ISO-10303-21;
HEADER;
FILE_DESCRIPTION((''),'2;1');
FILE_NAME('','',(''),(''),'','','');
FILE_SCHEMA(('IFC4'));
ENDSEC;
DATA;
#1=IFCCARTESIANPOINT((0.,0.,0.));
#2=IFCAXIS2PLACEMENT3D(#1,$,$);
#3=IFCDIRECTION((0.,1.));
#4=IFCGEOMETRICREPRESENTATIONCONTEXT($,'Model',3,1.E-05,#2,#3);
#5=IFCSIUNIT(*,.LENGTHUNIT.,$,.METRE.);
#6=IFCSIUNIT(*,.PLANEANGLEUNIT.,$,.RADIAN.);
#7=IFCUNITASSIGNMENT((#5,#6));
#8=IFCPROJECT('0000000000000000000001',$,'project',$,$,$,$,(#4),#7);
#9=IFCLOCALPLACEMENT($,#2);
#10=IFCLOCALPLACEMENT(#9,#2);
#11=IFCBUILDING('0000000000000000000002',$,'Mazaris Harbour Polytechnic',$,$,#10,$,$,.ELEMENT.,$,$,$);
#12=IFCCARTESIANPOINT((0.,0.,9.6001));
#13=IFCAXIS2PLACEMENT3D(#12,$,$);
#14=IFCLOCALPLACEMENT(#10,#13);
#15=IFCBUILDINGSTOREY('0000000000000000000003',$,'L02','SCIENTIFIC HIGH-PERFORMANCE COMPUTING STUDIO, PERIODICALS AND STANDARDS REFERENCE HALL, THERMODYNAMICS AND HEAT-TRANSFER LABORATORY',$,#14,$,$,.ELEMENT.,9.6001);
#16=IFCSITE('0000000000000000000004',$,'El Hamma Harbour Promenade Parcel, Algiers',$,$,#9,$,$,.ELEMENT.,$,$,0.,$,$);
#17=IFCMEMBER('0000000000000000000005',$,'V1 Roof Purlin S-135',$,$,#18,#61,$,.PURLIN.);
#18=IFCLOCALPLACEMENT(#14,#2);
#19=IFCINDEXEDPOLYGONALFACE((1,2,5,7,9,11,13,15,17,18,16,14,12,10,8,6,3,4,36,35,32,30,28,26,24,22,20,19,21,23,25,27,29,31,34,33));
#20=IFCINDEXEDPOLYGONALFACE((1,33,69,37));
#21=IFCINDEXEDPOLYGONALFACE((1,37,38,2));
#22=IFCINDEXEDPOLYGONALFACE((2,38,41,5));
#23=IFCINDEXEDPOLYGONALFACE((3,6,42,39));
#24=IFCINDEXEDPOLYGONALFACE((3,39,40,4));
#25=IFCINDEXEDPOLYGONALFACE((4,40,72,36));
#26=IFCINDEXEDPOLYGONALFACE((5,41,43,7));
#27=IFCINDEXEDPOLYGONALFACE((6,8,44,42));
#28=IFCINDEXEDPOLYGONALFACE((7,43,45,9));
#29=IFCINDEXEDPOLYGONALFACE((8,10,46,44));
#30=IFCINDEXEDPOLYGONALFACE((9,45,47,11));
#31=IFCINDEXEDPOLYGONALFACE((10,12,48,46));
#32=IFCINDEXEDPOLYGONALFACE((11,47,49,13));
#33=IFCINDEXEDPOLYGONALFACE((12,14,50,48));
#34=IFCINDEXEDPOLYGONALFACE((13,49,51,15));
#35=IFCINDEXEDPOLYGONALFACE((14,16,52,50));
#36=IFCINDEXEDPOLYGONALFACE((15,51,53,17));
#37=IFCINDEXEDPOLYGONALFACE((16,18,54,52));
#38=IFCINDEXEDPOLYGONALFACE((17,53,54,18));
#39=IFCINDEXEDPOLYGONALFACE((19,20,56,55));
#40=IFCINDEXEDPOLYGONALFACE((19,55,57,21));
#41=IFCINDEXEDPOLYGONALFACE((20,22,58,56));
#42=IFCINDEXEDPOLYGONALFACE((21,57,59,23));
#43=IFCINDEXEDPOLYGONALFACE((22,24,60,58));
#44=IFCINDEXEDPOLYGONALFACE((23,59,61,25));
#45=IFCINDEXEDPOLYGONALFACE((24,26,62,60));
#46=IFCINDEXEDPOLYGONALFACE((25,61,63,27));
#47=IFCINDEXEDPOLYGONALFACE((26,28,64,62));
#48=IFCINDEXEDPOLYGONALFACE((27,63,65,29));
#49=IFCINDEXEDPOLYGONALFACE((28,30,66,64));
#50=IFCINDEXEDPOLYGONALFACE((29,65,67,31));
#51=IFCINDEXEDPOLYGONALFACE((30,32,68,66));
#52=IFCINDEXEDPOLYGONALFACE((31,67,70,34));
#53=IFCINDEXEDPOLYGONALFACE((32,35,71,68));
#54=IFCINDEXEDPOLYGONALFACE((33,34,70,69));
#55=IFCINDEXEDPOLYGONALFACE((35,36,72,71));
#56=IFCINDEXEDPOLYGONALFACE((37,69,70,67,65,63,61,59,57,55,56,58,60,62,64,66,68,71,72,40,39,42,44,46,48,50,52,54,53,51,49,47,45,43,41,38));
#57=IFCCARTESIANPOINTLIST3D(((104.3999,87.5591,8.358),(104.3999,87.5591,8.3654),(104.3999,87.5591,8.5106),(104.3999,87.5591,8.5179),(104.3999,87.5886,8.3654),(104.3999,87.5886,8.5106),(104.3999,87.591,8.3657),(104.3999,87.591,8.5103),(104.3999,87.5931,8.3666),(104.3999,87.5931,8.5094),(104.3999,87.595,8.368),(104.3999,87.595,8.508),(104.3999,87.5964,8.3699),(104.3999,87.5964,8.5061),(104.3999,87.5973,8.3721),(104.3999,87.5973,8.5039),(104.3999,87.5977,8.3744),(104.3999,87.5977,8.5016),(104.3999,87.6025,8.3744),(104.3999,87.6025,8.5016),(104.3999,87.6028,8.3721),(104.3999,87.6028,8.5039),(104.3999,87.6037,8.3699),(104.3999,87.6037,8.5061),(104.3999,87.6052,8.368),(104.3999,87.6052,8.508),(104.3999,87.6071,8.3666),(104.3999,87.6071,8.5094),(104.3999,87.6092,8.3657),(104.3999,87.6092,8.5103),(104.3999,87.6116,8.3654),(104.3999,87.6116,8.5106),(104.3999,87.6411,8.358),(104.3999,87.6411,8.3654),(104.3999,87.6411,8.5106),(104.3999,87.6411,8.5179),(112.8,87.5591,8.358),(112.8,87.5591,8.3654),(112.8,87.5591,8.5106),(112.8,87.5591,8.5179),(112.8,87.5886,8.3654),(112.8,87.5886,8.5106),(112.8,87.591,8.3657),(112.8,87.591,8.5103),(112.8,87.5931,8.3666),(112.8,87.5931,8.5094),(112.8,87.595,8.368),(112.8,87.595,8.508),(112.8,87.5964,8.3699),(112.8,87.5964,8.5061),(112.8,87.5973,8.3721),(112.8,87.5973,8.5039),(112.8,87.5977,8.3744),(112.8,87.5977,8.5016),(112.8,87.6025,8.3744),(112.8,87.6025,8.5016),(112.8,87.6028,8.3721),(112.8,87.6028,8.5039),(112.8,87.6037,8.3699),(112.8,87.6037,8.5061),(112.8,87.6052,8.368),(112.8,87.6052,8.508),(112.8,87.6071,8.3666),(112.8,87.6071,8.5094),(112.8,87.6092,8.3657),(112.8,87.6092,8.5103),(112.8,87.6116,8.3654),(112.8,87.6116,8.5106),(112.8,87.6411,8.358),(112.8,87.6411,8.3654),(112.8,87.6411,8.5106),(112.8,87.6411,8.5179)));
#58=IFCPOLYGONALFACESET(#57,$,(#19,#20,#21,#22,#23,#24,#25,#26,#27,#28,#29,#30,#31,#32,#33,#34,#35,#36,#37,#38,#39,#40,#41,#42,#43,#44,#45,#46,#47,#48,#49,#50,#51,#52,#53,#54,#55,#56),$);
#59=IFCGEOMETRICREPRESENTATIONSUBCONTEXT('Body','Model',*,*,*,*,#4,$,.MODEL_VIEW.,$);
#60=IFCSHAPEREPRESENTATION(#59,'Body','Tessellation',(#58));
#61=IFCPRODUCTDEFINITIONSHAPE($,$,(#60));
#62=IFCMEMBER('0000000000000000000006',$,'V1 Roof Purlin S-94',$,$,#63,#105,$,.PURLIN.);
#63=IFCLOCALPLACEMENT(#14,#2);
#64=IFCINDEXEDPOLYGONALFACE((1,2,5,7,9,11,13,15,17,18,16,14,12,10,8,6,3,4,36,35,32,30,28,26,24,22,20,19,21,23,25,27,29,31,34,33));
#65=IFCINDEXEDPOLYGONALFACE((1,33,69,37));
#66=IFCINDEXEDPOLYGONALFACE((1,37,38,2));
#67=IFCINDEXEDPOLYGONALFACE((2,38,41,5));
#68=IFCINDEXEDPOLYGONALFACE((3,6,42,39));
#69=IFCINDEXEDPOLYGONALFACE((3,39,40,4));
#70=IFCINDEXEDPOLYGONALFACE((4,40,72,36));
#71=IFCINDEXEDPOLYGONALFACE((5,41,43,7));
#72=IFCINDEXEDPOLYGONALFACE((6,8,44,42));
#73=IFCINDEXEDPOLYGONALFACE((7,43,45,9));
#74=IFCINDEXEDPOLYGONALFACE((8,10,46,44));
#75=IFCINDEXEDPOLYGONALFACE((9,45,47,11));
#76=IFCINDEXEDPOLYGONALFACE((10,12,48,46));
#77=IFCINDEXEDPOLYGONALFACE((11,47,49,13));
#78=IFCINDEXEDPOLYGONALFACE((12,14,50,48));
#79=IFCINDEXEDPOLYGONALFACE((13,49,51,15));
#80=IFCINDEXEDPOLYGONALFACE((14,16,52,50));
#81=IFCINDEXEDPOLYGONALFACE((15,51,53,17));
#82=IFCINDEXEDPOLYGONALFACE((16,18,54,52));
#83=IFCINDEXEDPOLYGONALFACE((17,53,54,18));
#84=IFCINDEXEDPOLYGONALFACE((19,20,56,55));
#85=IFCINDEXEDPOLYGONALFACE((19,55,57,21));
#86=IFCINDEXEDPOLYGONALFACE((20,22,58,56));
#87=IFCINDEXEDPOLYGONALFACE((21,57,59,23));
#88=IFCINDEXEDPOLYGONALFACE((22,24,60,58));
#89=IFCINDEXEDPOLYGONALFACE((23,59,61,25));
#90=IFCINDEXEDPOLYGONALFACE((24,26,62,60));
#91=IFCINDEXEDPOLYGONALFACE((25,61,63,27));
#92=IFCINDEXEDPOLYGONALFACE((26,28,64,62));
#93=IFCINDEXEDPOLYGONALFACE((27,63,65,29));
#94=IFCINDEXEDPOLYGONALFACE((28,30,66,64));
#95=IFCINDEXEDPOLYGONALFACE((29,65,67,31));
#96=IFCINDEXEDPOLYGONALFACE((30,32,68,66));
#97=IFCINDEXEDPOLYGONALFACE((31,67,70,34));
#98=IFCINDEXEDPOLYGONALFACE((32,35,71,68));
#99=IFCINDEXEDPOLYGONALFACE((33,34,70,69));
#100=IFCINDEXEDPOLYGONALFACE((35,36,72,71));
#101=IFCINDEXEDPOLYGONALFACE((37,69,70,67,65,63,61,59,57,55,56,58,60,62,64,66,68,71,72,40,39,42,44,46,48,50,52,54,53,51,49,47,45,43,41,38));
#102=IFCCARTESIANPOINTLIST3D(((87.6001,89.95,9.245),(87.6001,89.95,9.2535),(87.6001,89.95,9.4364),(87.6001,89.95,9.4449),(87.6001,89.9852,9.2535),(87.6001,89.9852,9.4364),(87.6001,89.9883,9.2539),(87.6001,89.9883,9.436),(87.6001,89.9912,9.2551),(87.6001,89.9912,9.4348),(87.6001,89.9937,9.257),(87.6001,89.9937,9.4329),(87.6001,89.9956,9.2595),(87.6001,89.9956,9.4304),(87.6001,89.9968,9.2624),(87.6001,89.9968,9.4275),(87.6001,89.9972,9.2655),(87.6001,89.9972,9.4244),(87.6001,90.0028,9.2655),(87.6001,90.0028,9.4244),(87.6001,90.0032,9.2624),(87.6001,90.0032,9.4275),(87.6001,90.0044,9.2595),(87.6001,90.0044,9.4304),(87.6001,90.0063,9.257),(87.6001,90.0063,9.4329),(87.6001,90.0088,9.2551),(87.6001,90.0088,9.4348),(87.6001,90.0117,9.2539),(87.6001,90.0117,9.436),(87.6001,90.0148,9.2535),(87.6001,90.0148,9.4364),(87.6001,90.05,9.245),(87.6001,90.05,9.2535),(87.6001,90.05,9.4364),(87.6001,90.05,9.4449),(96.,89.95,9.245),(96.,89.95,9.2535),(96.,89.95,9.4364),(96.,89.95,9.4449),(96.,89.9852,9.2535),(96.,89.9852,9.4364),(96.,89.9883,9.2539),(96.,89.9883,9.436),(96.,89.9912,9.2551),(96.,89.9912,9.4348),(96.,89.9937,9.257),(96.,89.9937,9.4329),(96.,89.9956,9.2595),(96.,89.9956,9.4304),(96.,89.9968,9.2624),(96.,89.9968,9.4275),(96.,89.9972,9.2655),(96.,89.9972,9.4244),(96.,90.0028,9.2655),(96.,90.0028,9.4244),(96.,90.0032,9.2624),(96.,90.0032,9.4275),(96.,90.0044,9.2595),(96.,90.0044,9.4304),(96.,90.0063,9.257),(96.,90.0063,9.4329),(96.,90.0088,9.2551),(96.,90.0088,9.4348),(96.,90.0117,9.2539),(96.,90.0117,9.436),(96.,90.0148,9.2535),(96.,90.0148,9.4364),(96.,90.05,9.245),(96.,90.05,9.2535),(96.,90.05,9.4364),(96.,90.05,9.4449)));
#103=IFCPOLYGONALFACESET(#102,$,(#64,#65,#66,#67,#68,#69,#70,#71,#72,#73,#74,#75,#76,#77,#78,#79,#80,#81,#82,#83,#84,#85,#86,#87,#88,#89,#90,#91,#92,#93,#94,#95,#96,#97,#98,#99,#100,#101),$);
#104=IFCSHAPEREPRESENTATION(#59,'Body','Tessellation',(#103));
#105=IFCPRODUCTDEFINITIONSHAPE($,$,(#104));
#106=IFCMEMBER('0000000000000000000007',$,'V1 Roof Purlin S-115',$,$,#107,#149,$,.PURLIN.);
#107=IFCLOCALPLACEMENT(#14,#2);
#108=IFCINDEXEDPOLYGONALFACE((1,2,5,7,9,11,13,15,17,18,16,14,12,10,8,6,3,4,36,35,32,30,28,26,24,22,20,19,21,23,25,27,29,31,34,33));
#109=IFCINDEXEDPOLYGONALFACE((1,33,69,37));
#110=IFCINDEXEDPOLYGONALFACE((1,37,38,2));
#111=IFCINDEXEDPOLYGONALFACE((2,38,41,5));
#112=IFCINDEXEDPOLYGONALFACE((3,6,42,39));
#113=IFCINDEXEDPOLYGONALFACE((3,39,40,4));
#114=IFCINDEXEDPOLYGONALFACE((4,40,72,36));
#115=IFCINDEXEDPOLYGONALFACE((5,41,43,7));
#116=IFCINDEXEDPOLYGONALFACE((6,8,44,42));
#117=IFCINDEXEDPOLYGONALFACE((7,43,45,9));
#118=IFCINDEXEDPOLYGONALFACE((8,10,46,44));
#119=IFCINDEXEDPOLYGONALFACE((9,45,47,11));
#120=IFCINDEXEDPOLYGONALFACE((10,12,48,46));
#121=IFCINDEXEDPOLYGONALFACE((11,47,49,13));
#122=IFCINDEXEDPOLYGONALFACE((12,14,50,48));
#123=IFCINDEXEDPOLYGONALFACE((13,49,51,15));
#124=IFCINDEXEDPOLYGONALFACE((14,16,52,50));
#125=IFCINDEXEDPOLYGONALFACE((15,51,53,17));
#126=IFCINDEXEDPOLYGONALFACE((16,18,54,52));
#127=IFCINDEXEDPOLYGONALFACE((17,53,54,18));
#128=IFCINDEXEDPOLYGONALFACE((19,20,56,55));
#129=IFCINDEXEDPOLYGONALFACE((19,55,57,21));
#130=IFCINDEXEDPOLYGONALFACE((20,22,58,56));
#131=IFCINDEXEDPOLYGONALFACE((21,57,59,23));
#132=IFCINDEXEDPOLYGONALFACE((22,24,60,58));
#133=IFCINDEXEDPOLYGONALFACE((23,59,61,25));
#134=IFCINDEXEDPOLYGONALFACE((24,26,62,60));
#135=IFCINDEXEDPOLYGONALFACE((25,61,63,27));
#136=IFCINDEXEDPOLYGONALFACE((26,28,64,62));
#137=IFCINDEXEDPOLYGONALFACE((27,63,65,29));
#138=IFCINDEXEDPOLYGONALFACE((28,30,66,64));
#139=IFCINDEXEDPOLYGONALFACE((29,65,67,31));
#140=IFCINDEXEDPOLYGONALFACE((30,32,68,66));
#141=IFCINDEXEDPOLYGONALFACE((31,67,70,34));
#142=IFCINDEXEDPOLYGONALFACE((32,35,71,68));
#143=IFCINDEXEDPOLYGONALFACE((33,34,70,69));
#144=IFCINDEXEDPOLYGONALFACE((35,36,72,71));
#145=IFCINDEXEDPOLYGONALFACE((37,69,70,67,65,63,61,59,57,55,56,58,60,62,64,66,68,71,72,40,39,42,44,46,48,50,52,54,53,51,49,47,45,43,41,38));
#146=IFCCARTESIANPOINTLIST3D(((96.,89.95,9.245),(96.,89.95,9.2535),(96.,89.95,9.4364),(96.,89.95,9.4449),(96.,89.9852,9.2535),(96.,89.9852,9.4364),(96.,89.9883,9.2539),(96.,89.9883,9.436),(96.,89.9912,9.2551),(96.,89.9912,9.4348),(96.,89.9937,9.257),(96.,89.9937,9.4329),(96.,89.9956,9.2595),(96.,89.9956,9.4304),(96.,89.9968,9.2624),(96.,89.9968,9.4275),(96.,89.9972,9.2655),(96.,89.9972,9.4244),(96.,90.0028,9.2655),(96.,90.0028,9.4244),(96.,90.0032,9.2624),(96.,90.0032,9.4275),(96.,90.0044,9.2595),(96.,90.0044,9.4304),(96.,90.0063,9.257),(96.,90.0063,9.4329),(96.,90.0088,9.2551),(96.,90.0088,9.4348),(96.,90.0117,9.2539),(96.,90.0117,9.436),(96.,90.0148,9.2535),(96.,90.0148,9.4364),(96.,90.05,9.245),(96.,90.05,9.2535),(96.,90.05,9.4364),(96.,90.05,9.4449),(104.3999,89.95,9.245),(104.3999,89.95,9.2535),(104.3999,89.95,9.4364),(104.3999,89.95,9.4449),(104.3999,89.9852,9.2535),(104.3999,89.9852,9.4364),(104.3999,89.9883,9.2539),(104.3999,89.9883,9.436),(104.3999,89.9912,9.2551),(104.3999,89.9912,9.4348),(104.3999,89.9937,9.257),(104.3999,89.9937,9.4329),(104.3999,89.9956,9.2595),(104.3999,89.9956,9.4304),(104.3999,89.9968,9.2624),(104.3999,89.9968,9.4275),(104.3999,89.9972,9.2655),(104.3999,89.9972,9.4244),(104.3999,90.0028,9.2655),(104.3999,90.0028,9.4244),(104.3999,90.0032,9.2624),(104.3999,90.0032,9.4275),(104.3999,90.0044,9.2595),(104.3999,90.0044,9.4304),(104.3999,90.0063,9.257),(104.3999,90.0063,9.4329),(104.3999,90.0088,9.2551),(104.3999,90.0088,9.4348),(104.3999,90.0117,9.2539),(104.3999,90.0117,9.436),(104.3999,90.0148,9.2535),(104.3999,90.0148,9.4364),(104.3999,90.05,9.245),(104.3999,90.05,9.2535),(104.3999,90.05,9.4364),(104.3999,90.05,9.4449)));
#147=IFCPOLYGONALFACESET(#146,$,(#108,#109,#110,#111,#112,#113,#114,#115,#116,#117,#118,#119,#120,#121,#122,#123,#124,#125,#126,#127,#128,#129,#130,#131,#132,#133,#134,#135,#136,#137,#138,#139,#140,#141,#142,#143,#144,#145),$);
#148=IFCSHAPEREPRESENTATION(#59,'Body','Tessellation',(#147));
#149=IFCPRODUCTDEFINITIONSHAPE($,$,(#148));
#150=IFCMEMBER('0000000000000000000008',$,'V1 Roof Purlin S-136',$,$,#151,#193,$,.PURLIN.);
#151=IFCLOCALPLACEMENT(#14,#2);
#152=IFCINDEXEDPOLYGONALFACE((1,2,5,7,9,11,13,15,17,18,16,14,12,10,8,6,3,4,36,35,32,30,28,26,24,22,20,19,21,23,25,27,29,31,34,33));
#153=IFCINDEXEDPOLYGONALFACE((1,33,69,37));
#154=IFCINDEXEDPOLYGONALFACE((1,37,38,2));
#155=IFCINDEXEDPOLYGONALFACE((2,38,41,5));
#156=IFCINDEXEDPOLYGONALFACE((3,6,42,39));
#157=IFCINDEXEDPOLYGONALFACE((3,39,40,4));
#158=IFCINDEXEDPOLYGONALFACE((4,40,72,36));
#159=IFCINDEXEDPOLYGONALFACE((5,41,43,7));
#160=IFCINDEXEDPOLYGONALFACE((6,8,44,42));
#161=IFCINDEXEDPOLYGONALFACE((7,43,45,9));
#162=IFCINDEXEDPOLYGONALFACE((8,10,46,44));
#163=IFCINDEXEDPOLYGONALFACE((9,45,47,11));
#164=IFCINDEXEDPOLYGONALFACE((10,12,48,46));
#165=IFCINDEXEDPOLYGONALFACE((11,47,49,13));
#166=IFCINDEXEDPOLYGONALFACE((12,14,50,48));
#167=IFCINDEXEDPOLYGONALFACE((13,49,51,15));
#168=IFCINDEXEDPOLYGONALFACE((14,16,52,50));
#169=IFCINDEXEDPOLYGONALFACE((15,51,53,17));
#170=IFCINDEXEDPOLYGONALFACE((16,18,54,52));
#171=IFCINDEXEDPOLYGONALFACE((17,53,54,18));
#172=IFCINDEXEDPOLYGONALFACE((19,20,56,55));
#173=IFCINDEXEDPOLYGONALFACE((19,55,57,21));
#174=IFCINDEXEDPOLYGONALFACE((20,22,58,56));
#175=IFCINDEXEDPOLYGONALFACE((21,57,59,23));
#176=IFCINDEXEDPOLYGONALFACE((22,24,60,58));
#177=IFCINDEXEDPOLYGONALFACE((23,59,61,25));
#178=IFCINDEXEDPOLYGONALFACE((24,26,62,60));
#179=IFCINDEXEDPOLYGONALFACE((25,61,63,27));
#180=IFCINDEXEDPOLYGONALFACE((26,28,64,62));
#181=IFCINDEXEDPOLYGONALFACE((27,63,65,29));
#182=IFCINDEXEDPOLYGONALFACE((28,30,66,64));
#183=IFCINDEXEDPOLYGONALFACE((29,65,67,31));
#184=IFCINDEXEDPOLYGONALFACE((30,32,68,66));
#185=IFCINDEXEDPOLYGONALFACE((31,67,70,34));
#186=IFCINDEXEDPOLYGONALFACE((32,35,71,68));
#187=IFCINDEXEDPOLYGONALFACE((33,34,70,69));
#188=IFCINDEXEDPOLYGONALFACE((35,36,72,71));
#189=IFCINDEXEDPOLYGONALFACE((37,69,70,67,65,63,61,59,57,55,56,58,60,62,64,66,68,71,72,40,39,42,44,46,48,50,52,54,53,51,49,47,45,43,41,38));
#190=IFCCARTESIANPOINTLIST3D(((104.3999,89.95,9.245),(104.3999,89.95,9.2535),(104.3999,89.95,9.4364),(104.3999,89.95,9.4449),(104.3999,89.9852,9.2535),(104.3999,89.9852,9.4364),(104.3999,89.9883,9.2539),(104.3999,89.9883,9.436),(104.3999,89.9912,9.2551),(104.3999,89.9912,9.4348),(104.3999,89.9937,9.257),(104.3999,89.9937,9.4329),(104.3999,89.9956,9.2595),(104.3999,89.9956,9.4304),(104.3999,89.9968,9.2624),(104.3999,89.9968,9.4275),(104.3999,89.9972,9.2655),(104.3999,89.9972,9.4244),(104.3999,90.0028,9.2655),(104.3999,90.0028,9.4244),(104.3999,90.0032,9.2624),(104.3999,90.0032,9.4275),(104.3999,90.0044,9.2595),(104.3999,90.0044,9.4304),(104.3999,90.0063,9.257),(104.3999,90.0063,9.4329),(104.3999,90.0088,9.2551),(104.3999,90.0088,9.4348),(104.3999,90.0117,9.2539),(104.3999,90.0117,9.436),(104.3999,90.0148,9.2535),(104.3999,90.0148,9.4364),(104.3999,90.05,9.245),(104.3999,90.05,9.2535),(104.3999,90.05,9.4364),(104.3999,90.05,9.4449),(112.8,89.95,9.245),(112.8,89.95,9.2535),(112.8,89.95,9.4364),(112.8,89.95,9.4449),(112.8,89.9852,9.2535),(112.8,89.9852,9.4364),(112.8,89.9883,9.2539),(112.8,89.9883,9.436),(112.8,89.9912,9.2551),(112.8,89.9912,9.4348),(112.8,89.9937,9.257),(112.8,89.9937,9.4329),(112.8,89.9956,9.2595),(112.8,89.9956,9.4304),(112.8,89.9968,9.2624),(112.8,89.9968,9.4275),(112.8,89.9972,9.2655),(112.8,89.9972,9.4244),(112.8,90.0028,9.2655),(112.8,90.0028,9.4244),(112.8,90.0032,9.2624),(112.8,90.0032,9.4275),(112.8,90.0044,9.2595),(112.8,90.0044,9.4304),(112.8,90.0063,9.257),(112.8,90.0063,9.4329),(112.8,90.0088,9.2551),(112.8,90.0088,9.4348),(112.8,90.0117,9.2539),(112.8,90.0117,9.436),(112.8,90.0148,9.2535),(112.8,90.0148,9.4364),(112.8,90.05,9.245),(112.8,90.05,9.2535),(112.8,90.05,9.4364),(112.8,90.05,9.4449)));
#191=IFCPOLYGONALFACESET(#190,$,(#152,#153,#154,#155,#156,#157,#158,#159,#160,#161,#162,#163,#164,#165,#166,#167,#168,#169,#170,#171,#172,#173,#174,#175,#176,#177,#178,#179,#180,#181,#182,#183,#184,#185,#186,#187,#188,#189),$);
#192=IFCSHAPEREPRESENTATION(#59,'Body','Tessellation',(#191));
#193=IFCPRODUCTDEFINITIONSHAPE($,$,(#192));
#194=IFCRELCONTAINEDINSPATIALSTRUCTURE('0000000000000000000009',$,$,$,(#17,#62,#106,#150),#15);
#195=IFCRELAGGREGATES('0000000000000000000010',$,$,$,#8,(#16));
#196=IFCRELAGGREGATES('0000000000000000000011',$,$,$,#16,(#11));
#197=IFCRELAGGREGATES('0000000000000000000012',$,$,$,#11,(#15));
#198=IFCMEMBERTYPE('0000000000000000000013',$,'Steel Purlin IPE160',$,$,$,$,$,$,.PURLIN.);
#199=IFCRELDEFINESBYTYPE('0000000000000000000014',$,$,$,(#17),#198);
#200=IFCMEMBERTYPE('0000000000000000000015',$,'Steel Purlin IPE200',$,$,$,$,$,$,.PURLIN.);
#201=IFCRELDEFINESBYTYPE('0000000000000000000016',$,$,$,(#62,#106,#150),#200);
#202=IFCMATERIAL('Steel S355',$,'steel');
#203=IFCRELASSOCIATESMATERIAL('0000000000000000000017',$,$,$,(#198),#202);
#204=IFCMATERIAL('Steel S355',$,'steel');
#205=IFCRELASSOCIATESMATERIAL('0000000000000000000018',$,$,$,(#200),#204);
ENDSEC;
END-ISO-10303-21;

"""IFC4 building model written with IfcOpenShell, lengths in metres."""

from ifc_helpers import new_model, si_unit, direction, frame, origin, origin_2d, place, context, subcontext, project, spatial, i_section, extrude, material, material_profile, profile_set, type_object, element, save


model = new_model("IFC4")

# Units and contexts
model_context = context("Model", 3, precision=1e-05, world=origin(), true_north=direction((0.0, 1.0)))
body_context = subcontext(model_context, "Body", "Model", "MODEL_VIEW")
ifc_project = project(units=[si_unit("LENGTHUNIT", "METRE"), si_unit("PLANEANGLEUNIT", "RADIAN")], contexts=[model_context])

# Site, building, storey
site_placement = place(None, origin())
site = spatial("IfcSite", under=ifc_project, at=site_placement, Name="El Hamma Harbour Promenade Parcel, Algiers", CompositionType="ELEMENT", RefElevation=0.0)
building_placement = place(site_placement, origin())
building = spatial("IfcBuilding", under=site, at=building_placement, Name="Mazaris Harbour Polytechnic", CompositionType="ELEMENT")
storey_placement = place(building_placement, frame((0.0, 0.0, 9.6001)))
storey = spatial("IfcBuildingStorey", under=building, at=storey_placement, Name="L02", Description="SCIENTIFIC HIGH-PERFORMANCE COMPUTING STUDIO, PERIODICALS AND STANDARDS REFERENCE HALL, THERMODYNAMICS AND HEAT-TRANSFER LABORATORY", CompositionType="ELEMENT", Elevation=9.6001)

# Members
ifc_material_1 = material(Name="Steel S355", Category="steel")
ifc_material_profile_1 = material_profile(ifc_material_1, i_section(OverallWidth=0.082, OverallDepth=0.1599, WebThickness=0.0049, FlangeThickness=0.0073, FilletRadius=0.009, at=origin_2d()), Name="IPE 160")
ifc_profile_set_1 = profile_set([ifc_material_profile_1], Name="Steel S355")
member_type_1 = type_object("IfcMemberType", Name="Steel Purlin IPE160", PredefinedType="PURLIN", material=ifc_profile_set_1)
member_1_placement = place(storey_placement, frame((104.3999, 87.6001, 8.438), z_axis=(1.0, 0.0, 0.0), x_axis=(0.0, 1.0, 0.0)))
element("IfcMember", 1, at=member_1_placement, inside=storey, type_object=member_type_1, Name="V1 Roof Purlin S-135", PredefinedType="PURLIN", context=body_context, shape_type="SweptSolid", body=[
    extrude(i_section(OverallWidth=0.082, OverallDepth=0.1599, WebThickness=0.0049, FlangeThickness=0.0073, FilletRadius=0.009, at=origin_2d()), origin(), (0.0, 0.0, 1.0), 8.4001),
])
ifc_material_2 = material(Name="Steel S355", Category="steel")
ifc_material_profile_2 = material_profile(ifc_material_2, i_section(OverallWidth=0.1001, OverallDepth=0.2, WebThickness=0.0056, FlangeThickness=0.0085, FilletRadius=0.012, at=origin_2d()), Name="IPE 200")
ifc_profile_set_2 = profile_set([ifc_material_profile_2], Name="Steel S355")
member_type_2 = type_object("IfcMemberType", Name="Steel Purlin IPE200", PredefinedType="PURLIN", material=ifc_profile_set_2)
for number, where, z_axis, x_axis, name in (
    (2, (87.6001, 90.0, 9.345), (1.0, 0.0, 0.0), (0.0, 1.0, 0.0), "V1 Roof Purlin S-94"),
    (3, (96.0, 90.0, 9.345), (1.0, 0.0, 0.0), (0.0, 1.0, 0.0), "V1 Roof Purlin S-115"),
):
    element("IfcMember", number, at=place(storey_placement, frame(where, z_axis=z_axis, x_axis=x_axis)), inside=storey, type_object=member_type_2, Name=name, PredefinedType="PURLIN", context=body_context, shape_type="SweptSolid", body=[
        extrude(i_section(OverallWidth=0.1001, OverallDepth=0.2, WebThickness=0.0056, FlangeThickness=0.0085, FilletRadius=0.012, at=origin_2d()), origin(), (0.0, 0.0, 1.0), 8.3999),
    ])
member_2_placement = place(storey_placement, frame((104.3999, 90.0, 9.345), z_axis=(1.0, 0.0, 0.0), x_axis=(0.0, 1.0, 0.0)))
element("IfcMember", 4, at=member_2_placement, inside=storey, type_object=member_type_2, Name="V1 Roof Purlin S-136", PredefinedType="PURLIN", context=body_context, shape_type="SweptSolid", body=[
    extrude(i_section(OverallWidth=0.1001, OverallDepth=0.2, WebThickness=0.0056, FlangeThickness=0.0085, FilletRadius=0.012, at=origin_2d()), origin(), (0.0, 0.0, 1.0), 8.4001),
])

save(model, "model.ifc")
